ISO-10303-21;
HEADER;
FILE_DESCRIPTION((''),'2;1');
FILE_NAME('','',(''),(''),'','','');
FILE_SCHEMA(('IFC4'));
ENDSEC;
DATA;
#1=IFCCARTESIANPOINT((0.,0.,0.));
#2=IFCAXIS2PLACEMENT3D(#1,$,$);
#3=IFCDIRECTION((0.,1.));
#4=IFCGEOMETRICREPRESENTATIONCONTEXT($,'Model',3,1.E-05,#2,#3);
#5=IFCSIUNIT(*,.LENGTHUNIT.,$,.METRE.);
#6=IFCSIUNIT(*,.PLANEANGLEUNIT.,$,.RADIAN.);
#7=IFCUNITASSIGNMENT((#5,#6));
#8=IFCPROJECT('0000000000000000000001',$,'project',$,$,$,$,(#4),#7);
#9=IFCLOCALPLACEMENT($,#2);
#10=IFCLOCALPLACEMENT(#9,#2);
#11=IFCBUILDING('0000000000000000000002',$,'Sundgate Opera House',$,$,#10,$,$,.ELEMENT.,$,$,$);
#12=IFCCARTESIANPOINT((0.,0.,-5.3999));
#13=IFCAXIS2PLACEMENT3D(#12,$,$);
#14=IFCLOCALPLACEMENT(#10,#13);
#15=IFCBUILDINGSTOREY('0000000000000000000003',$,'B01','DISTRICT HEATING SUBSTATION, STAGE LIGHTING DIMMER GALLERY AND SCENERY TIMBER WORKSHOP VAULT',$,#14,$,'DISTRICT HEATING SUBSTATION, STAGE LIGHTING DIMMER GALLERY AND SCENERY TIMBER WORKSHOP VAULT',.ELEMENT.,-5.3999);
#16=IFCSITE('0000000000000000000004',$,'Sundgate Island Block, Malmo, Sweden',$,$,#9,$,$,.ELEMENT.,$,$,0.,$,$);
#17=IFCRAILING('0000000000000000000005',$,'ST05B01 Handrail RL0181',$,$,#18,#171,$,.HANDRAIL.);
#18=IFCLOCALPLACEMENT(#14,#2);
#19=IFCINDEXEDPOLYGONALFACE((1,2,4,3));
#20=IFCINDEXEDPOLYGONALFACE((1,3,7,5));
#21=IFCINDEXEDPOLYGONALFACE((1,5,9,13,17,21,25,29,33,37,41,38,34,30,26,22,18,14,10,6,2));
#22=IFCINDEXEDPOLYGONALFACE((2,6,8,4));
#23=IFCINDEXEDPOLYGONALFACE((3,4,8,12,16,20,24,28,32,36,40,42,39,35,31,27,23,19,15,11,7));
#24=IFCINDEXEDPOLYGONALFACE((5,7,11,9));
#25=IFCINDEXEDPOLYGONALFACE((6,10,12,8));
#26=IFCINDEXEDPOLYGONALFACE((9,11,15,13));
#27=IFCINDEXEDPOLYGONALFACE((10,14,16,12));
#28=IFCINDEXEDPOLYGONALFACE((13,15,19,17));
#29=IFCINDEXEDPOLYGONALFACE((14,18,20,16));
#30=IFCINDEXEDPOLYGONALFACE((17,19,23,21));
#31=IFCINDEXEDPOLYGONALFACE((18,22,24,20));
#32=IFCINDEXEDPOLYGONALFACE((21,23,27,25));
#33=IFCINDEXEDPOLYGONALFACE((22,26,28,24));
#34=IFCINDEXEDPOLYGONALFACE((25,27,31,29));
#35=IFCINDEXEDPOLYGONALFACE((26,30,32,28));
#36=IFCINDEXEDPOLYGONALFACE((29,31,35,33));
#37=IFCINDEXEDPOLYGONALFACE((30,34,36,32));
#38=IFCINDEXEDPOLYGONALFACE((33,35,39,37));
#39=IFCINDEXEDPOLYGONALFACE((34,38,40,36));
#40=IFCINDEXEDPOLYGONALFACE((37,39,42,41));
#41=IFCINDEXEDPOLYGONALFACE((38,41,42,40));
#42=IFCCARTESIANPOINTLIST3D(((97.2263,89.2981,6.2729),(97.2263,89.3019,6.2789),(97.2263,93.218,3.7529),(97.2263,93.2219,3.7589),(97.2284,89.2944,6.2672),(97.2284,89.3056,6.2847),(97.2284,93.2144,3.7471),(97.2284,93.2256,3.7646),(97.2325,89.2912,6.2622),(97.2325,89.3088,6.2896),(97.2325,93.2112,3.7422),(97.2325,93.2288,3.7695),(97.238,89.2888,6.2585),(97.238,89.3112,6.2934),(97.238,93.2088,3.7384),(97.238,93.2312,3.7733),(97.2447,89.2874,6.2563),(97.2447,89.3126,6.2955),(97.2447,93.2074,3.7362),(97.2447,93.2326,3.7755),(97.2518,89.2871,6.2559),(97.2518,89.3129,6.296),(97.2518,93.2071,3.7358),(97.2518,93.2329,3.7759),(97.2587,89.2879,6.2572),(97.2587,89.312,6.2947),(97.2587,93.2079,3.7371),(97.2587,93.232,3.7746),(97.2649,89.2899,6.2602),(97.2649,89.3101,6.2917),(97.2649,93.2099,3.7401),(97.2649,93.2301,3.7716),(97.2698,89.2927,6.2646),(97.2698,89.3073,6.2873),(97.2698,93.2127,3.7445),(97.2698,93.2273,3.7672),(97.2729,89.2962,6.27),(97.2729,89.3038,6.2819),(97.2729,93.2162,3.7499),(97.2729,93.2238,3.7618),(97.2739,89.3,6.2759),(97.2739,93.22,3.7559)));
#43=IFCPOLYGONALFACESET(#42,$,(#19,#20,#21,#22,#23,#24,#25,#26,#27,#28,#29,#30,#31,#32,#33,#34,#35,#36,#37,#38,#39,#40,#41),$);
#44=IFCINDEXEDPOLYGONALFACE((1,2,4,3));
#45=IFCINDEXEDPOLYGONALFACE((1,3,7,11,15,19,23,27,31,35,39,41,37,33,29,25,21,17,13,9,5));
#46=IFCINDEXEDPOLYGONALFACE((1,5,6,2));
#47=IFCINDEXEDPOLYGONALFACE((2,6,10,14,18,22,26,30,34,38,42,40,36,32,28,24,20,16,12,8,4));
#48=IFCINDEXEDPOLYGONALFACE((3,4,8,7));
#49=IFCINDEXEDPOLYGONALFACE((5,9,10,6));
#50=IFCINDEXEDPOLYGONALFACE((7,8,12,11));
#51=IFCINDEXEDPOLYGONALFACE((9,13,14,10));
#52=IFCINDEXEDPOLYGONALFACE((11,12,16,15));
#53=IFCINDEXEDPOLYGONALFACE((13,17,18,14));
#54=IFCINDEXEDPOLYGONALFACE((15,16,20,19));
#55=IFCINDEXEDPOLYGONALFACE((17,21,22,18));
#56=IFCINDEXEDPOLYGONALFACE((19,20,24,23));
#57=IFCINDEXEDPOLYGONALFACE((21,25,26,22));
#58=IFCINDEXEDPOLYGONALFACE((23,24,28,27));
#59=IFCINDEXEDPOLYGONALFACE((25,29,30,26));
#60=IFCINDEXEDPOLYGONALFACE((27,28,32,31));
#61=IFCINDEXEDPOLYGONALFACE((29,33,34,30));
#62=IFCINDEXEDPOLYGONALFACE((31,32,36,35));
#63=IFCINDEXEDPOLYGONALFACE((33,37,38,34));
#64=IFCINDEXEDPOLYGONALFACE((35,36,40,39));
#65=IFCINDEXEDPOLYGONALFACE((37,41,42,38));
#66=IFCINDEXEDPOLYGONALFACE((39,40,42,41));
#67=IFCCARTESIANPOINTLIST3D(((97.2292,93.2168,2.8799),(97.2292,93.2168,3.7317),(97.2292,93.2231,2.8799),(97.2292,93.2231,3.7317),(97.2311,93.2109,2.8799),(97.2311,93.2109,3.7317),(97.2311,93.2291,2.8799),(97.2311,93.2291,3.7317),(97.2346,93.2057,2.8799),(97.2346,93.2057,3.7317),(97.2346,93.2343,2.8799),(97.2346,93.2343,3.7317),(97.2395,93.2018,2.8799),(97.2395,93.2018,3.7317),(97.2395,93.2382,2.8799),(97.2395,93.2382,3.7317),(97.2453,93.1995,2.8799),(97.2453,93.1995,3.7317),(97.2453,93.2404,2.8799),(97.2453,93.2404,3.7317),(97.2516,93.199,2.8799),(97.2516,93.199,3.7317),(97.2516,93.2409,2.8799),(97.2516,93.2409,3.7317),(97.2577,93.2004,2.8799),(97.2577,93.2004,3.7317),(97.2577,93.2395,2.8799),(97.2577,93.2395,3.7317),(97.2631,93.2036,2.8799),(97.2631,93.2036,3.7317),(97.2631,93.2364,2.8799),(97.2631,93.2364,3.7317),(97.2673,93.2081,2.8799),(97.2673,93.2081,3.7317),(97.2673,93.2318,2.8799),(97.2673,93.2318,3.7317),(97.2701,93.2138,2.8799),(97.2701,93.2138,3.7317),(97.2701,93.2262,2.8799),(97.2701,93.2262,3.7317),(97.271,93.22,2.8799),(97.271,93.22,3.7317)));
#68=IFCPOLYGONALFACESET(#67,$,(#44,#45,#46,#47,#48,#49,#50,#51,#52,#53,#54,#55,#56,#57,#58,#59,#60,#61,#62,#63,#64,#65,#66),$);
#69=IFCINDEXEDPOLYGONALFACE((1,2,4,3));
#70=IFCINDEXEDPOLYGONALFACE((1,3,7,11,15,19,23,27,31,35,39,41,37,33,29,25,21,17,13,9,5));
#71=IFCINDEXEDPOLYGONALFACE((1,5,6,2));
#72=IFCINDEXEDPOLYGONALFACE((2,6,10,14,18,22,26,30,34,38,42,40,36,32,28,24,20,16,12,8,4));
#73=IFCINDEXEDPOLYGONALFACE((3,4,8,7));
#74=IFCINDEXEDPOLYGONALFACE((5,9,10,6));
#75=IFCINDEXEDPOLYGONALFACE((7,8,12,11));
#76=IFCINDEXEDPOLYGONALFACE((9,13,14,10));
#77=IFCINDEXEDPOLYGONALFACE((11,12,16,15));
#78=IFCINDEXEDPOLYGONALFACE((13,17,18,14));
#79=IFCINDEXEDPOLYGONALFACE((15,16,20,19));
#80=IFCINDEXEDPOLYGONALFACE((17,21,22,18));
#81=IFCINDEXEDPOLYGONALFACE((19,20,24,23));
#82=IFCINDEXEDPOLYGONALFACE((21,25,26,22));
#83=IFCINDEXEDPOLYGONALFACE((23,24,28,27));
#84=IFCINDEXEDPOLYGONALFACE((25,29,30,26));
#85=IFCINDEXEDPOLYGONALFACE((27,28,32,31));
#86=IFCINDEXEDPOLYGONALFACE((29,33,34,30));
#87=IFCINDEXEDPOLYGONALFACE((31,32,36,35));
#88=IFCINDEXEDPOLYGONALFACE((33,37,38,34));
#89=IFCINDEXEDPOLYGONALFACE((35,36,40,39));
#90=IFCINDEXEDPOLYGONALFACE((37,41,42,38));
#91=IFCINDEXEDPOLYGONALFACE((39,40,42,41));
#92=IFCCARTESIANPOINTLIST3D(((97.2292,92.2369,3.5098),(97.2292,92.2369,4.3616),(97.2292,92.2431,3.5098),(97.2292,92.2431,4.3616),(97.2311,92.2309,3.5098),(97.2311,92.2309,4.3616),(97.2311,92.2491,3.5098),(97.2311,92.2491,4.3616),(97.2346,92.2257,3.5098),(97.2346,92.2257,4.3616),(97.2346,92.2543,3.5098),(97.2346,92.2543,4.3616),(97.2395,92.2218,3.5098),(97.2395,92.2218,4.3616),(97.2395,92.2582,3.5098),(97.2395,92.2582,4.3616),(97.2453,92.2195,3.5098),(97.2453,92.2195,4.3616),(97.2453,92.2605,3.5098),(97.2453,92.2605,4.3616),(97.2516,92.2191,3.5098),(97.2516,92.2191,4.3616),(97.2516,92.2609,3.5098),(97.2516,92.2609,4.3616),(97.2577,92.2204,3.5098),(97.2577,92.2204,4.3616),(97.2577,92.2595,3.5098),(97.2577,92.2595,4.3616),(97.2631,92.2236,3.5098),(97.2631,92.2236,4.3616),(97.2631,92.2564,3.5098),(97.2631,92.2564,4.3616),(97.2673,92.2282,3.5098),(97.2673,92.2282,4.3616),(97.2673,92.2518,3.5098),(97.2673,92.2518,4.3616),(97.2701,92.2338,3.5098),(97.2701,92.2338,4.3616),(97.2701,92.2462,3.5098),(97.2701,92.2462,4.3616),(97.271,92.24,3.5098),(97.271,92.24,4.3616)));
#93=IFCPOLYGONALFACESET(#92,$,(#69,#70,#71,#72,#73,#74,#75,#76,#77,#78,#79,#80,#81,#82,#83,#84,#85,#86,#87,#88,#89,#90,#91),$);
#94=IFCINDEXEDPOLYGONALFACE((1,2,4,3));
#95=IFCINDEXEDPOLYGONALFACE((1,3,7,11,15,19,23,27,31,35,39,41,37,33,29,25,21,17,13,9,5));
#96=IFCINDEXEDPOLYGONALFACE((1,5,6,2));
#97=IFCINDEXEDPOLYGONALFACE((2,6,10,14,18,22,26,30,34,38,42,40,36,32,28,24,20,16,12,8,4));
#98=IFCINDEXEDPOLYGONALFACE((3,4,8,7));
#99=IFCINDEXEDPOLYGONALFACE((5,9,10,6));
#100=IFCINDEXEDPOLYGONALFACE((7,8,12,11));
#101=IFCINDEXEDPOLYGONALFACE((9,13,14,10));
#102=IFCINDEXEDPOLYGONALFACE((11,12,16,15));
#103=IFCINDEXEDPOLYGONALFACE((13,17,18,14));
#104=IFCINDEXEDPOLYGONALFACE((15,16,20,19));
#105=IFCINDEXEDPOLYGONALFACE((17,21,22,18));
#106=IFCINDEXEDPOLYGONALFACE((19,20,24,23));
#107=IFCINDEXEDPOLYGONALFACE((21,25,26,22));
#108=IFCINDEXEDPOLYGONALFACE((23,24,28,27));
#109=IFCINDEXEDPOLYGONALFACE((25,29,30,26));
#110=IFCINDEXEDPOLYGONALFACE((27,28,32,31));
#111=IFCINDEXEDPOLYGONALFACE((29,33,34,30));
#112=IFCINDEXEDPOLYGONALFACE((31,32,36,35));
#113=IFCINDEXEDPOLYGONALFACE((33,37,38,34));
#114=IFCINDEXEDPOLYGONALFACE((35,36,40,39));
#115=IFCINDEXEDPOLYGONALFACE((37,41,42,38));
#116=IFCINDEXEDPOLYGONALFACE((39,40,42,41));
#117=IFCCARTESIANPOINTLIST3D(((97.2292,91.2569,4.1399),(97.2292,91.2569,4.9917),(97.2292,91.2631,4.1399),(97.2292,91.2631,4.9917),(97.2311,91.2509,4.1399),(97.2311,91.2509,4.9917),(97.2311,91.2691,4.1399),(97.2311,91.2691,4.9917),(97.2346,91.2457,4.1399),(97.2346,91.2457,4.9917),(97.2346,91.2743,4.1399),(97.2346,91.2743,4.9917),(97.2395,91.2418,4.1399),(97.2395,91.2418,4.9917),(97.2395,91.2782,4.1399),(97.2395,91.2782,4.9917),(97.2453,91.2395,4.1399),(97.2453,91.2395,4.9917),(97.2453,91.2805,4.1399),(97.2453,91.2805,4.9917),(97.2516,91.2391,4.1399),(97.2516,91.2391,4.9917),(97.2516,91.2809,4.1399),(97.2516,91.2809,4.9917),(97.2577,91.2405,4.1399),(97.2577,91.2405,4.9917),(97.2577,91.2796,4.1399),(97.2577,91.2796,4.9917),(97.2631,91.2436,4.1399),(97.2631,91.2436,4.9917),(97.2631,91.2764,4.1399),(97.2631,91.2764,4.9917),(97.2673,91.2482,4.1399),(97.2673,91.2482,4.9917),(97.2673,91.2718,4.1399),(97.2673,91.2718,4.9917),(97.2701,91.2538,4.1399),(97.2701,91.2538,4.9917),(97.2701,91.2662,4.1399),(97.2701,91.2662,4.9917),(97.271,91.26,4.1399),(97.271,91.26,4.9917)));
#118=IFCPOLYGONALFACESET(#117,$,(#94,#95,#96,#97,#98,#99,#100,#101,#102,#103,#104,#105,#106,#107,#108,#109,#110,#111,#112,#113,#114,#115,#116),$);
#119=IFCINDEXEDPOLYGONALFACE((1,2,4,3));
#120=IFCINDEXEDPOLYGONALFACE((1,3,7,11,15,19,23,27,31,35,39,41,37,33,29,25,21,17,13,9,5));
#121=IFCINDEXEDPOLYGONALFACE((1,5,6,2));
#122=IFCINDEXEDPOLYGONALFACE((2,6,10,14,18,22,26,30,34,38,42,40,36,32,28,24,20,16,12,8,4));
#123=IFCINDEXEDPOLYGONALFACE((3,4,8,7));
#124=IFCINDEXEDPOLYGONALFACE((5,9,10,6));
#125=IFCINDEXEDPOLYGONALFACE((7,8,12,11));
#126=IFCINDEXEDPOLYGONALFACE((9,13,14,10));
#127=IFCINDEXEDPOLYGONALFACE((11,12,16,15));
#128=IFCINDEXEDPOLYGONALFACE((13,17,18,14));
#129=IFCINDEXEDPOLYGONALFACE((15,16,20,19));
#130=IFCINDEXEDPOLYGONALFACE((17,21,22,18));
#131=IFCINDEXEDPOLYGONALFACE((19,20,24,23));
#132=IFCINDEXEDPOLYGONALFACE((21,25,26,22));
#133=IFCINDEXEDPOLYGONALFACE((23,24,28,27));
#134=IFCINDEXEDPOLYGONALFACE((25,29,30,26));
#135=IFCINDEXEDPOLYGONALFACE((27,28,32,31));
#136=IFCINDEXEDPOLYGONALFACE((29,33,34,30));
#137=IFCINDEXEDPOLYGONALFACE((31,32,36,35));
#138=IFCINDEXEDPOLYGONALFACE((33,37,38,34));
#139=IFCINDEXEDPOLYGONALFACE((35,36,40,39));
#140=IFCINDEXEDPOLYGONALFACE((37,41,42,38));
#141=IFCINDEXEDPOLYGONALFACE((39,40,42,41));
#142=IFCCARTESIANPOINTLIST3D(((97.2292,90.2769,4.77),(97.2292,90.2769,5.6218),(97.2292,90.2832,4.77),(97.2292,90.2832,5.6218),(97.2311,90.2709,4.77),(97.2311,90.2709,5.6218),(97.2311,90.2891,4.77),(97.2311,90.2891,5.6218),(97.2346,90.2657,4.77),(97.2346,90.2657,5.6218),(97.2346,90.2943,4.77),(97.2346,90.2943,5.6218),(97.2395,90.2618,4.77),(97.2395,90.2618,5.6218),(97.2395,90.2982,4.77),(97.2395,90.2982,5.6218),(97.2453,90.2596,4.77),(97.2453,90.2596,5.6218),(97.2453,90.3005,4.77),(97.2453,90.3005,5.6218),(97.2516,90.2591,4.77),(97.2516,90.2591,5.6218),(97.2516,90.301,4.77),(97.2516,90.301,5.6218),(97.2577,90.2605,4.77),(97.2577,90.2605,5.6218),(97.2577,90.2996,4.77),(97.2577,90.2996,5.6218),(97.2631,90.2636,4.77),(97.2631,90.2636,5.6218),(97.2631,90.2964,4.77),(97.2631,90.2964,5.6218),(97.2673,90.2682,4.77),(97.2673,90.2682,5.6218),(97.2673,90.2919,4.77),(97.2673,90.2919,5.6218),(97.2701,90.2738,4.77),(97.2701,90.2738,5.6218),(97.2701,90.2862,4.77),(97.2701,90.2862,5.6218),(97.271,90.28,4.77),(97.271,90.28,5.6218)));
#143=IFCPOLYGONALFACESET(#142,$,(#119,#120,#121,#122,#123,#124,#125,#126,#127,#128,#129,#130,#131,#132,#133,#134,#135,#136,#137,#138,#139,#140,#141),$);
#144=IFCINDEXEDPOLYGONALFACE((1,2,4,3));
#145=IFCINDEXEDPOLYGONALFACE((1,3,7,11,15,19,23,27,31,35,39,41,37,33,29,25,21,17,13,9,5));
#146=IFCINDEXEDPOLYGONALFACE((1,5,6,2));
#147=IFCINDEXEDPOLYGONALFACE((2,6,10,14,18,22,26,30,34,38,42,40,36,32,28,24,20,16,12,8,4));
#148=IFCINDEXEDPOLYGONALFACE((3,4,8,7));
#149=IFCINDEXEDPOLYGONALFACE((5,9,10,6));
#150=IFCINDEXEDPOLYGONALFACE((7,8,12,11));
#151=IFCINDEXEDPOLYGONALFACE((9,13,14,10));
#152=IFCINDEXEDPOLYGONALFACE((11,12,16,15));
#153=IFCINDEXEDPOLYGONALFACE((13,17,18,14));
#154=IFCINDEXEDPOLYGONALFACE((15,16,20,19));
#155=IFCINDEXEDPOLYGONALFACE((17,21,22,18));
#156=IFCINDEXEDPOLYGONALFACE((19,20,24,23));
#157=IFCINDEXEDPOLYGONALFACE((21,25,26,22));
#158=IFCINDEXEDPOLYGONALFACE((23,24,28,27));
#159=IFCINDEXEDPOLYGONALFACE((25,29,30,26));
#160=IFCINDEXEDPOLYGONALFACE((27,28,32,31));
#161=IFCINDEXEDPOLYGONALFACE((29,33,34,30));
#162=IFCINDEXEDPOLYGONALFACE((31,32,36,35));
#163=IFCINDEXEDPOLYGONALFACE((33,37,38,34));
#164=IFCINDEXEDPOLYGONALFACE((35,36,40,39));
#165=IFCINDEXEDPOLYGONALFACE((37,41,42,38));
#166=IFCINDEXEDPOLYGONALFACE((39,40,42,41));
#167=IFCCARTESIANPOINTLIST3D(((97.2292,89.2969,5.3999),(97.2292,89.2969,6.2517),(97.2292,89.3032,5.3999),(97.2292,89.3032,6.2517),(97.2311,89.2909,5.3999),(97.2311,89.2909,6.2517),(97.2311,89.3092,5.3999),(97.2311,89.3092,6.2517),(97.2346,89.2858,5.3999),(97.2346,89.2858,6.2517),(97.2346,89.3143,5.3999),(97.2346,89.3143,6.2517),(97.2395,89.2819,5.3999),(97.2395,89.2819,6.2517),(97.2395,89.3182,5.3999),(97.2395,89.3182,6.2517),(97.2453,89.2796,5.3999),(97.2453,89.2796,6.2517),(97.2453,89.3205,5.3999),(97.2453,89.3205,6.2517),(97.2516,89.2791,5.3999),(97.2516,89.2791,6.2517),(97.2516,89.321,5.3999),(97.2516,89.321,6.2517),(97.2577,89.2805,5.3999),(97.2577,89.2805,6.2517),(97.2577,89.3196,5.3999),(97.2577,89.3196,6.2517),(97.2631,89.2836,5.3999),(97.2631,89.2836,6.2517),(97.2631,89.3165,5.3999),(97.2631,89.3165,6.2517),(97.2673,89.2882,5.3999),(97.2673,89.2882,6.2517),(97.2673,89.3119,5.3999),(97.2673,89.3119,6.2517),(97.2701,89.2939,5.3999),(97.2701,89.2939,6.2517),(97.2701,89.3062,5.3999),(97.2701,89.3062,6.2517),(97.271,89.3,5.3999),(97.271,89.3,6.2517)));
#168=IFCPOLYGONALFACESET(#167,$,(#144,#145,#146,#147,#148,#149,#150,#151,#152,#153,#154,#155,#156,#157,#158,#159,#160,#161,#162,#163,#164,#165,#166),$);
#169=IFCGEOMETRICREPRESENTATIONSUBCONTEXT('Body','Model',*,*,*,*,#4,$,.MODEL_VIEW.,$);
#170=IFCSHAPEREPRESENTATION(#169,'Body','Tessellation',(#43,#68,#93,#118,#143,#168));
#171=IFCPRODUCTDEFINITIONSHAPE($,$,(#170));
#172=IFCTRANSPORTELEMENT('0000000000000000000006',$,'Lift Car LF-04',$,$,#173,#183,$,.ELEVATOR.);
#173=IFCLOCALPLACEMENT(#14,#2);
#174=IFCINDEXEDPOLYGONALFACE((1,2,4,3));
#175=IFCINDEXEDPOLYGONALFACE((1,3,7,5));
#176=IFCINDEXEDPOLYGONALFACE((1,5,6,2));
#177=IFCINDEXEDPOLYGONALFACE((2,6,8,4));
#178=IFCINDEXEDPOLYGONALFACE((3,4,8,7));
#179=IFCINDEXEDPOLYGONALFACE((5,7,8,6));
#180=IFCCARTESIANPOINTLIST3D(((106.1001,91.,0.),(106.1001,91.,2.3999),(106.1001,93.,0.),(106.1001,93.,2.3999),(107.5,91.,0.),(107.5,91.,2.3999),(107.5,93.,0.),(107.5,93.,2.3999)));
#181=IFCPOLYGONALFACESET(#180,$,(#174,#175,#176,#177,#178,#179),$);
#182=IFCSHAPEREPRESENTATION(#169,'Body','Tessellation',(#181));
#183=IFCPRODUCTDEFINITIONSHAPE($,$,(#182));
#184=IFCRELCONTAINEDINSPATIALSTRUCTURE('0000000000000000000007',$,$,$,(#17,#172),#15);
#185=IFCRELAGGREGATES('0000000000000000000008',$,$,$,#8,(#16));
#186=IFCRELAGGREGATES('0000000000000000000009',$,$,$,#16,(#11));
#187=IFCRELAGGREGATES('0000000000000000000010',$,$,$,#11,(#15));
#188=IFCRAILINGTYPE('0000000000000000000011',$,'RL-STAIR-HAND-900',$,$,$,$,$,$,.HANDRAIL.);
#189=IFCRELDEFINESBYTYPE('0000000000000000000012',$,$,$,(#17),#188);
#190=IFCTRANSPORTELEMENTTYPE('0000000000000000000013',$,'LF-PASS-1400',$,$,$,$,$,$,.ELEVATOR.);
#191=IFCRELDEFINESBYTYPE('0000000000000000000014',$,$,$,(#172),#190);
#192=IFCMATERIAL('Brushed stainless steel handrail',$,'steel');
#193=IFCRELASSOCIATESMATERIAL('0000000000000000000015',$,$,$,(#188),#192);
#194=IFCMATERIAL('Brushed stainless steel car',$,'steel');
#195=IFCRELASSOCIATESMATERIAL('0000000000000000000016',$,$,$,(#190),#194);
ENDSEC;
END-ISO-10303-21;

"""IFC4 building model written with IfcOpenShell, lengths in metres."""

from ifc_helpers import new_model, si_unit, direction, frame, origin, origin_2d, place, context, subcontext, project, spatial, rectangle, circle, extrude, material, type_object, element, save


model = new_model("IFC4")

# Units and contexts
model_context = context("Model", 3, precision=1e-05, world=origin(), true_north=direction((0.0, 1.0)))
body_context = subcontext(model_context, "Body", "Model", "MODEL_VIEW")
ifc_project = project(units=[si_unit("LENGTHUNIT", "METRE"), si_unit("PLANEANGLEUNIT", "RADIAN")], contexts=[model_context])

# Site, building, storey
site_placement = place(None, origin())
site = spatial("IfcSite", under=ifc_project, at=site_placement, Name="Sundgate Island Block, Malmo, Sweden", CompositionType="ELEMENT", RefElevation=0.0)
building_placement = place(site_placement, origin())
building = spatial("IfcBuilding", under=site, at=building_placement, Name="Sundgate Opera House", CompositionType="ELEMENT")
storey_placement = place(building_placement, frame((0.0, 0.0, -5.3999)))
storey = spatial("IfcBuildingStorey", under=building, at=storey_placement, Name="B01", Description="DISTRICT HEATING SUBSTATION, STAGE LIGHTING DIMMER GALLERY AND SCENERY TIMBER WORKSHOP VAULT", LongName="DISTRICT HEATING SUBSTATION, STAGE LIGHTING DIMMER GALLERY AND SCENERY TIMBER WORKSHOP VAULT", CompositionType="ELEMENT", Elevation=-5.3999)

# Railing
ifc_material_1 = material(Name="Brushed stainless steel handrail", Category="steel")
railing_type_1 = type_object("IfcRailingType", Name="RL-STAIR-HAND-900", PredefinedType="HANDRAIL", material=ifc_material_1)
railing_1_placement = place(storey_placement, frame((97.25, 93.22, 2.8799)))
element("IfcRailing", 1, at=railing_1_placement, inside=storey, type_object=railing_type_1, Name="ST05B01 Handrail RL0181", PredefinedType="HANDRAIL", context=body_context, shape_type="SweptSolid", body=[
    extrude(circle(Radius=0.0239, at=origin_2d()), frame((0.0, 0.0, 0.876), z_axis=(0.0, -0.841172, 0.540768), x_axis=(1.0, 0.0, 0.0)), (0.0, 0.0, 1.0), 4.6602),
    extrude(circle(Radius=0.021, at=origin_2d()), origin(), (0.0, 0.0, 1.0), 0.8518),
    extrude(circle(Radius=0.021, at=origin_2d()), frame((0.0, -0.98, 0.6299)), (0.0, 0.0, 1.0), 0.8518),
    extrude(circle(Radius=0.021, at=origin_2d()), frame((0.0, -1.96, 1.26)), (0.0, 0.0, 1.0), 0.8518),
    extrude(circle(Radius=0.021, at=origin_2d()), frame((0.0, -2.9399, 1.8901)), (0.0, 0.0, 1.0), 0.8518),
    extrude(circle(Radius=0.021, at=origin_2d()), frame((0.0, -3.9199, 2.52)), (0.0, 0.0, 1.0), 0.8518),
])

# Transport element
ifc_material_2 = material(Name="Brushed stainless steel car", Category="steel")
transport_element_type = type_object("IfcTransportElementType", Name="LF-PASS-1400", PredefinedType="ELEVATOR", material=ifc_material_2)
transport_element_placement = place(storey_placement, frame((106.8, 92.0, 0.0), z_axis=(0.0, 0.0, 1.0), x_axis=(1.0, 0.0, 0.0)))
element("IfcTransportElement", 2, at=transport_element_placement, inside=storey, type_object=transport_element_type, Name="Lift Car LF-04", PredefinedType="ELEVATOR", context=body_context, shape_type="SweptSolid", body=[
    extrude(rectangle(XDim=1.3999, YDim=2.0, at=origin_2d()), origin(), (0.0, 0.0, 1.0), 2.3999),
])

save(model, "model.ifc")
